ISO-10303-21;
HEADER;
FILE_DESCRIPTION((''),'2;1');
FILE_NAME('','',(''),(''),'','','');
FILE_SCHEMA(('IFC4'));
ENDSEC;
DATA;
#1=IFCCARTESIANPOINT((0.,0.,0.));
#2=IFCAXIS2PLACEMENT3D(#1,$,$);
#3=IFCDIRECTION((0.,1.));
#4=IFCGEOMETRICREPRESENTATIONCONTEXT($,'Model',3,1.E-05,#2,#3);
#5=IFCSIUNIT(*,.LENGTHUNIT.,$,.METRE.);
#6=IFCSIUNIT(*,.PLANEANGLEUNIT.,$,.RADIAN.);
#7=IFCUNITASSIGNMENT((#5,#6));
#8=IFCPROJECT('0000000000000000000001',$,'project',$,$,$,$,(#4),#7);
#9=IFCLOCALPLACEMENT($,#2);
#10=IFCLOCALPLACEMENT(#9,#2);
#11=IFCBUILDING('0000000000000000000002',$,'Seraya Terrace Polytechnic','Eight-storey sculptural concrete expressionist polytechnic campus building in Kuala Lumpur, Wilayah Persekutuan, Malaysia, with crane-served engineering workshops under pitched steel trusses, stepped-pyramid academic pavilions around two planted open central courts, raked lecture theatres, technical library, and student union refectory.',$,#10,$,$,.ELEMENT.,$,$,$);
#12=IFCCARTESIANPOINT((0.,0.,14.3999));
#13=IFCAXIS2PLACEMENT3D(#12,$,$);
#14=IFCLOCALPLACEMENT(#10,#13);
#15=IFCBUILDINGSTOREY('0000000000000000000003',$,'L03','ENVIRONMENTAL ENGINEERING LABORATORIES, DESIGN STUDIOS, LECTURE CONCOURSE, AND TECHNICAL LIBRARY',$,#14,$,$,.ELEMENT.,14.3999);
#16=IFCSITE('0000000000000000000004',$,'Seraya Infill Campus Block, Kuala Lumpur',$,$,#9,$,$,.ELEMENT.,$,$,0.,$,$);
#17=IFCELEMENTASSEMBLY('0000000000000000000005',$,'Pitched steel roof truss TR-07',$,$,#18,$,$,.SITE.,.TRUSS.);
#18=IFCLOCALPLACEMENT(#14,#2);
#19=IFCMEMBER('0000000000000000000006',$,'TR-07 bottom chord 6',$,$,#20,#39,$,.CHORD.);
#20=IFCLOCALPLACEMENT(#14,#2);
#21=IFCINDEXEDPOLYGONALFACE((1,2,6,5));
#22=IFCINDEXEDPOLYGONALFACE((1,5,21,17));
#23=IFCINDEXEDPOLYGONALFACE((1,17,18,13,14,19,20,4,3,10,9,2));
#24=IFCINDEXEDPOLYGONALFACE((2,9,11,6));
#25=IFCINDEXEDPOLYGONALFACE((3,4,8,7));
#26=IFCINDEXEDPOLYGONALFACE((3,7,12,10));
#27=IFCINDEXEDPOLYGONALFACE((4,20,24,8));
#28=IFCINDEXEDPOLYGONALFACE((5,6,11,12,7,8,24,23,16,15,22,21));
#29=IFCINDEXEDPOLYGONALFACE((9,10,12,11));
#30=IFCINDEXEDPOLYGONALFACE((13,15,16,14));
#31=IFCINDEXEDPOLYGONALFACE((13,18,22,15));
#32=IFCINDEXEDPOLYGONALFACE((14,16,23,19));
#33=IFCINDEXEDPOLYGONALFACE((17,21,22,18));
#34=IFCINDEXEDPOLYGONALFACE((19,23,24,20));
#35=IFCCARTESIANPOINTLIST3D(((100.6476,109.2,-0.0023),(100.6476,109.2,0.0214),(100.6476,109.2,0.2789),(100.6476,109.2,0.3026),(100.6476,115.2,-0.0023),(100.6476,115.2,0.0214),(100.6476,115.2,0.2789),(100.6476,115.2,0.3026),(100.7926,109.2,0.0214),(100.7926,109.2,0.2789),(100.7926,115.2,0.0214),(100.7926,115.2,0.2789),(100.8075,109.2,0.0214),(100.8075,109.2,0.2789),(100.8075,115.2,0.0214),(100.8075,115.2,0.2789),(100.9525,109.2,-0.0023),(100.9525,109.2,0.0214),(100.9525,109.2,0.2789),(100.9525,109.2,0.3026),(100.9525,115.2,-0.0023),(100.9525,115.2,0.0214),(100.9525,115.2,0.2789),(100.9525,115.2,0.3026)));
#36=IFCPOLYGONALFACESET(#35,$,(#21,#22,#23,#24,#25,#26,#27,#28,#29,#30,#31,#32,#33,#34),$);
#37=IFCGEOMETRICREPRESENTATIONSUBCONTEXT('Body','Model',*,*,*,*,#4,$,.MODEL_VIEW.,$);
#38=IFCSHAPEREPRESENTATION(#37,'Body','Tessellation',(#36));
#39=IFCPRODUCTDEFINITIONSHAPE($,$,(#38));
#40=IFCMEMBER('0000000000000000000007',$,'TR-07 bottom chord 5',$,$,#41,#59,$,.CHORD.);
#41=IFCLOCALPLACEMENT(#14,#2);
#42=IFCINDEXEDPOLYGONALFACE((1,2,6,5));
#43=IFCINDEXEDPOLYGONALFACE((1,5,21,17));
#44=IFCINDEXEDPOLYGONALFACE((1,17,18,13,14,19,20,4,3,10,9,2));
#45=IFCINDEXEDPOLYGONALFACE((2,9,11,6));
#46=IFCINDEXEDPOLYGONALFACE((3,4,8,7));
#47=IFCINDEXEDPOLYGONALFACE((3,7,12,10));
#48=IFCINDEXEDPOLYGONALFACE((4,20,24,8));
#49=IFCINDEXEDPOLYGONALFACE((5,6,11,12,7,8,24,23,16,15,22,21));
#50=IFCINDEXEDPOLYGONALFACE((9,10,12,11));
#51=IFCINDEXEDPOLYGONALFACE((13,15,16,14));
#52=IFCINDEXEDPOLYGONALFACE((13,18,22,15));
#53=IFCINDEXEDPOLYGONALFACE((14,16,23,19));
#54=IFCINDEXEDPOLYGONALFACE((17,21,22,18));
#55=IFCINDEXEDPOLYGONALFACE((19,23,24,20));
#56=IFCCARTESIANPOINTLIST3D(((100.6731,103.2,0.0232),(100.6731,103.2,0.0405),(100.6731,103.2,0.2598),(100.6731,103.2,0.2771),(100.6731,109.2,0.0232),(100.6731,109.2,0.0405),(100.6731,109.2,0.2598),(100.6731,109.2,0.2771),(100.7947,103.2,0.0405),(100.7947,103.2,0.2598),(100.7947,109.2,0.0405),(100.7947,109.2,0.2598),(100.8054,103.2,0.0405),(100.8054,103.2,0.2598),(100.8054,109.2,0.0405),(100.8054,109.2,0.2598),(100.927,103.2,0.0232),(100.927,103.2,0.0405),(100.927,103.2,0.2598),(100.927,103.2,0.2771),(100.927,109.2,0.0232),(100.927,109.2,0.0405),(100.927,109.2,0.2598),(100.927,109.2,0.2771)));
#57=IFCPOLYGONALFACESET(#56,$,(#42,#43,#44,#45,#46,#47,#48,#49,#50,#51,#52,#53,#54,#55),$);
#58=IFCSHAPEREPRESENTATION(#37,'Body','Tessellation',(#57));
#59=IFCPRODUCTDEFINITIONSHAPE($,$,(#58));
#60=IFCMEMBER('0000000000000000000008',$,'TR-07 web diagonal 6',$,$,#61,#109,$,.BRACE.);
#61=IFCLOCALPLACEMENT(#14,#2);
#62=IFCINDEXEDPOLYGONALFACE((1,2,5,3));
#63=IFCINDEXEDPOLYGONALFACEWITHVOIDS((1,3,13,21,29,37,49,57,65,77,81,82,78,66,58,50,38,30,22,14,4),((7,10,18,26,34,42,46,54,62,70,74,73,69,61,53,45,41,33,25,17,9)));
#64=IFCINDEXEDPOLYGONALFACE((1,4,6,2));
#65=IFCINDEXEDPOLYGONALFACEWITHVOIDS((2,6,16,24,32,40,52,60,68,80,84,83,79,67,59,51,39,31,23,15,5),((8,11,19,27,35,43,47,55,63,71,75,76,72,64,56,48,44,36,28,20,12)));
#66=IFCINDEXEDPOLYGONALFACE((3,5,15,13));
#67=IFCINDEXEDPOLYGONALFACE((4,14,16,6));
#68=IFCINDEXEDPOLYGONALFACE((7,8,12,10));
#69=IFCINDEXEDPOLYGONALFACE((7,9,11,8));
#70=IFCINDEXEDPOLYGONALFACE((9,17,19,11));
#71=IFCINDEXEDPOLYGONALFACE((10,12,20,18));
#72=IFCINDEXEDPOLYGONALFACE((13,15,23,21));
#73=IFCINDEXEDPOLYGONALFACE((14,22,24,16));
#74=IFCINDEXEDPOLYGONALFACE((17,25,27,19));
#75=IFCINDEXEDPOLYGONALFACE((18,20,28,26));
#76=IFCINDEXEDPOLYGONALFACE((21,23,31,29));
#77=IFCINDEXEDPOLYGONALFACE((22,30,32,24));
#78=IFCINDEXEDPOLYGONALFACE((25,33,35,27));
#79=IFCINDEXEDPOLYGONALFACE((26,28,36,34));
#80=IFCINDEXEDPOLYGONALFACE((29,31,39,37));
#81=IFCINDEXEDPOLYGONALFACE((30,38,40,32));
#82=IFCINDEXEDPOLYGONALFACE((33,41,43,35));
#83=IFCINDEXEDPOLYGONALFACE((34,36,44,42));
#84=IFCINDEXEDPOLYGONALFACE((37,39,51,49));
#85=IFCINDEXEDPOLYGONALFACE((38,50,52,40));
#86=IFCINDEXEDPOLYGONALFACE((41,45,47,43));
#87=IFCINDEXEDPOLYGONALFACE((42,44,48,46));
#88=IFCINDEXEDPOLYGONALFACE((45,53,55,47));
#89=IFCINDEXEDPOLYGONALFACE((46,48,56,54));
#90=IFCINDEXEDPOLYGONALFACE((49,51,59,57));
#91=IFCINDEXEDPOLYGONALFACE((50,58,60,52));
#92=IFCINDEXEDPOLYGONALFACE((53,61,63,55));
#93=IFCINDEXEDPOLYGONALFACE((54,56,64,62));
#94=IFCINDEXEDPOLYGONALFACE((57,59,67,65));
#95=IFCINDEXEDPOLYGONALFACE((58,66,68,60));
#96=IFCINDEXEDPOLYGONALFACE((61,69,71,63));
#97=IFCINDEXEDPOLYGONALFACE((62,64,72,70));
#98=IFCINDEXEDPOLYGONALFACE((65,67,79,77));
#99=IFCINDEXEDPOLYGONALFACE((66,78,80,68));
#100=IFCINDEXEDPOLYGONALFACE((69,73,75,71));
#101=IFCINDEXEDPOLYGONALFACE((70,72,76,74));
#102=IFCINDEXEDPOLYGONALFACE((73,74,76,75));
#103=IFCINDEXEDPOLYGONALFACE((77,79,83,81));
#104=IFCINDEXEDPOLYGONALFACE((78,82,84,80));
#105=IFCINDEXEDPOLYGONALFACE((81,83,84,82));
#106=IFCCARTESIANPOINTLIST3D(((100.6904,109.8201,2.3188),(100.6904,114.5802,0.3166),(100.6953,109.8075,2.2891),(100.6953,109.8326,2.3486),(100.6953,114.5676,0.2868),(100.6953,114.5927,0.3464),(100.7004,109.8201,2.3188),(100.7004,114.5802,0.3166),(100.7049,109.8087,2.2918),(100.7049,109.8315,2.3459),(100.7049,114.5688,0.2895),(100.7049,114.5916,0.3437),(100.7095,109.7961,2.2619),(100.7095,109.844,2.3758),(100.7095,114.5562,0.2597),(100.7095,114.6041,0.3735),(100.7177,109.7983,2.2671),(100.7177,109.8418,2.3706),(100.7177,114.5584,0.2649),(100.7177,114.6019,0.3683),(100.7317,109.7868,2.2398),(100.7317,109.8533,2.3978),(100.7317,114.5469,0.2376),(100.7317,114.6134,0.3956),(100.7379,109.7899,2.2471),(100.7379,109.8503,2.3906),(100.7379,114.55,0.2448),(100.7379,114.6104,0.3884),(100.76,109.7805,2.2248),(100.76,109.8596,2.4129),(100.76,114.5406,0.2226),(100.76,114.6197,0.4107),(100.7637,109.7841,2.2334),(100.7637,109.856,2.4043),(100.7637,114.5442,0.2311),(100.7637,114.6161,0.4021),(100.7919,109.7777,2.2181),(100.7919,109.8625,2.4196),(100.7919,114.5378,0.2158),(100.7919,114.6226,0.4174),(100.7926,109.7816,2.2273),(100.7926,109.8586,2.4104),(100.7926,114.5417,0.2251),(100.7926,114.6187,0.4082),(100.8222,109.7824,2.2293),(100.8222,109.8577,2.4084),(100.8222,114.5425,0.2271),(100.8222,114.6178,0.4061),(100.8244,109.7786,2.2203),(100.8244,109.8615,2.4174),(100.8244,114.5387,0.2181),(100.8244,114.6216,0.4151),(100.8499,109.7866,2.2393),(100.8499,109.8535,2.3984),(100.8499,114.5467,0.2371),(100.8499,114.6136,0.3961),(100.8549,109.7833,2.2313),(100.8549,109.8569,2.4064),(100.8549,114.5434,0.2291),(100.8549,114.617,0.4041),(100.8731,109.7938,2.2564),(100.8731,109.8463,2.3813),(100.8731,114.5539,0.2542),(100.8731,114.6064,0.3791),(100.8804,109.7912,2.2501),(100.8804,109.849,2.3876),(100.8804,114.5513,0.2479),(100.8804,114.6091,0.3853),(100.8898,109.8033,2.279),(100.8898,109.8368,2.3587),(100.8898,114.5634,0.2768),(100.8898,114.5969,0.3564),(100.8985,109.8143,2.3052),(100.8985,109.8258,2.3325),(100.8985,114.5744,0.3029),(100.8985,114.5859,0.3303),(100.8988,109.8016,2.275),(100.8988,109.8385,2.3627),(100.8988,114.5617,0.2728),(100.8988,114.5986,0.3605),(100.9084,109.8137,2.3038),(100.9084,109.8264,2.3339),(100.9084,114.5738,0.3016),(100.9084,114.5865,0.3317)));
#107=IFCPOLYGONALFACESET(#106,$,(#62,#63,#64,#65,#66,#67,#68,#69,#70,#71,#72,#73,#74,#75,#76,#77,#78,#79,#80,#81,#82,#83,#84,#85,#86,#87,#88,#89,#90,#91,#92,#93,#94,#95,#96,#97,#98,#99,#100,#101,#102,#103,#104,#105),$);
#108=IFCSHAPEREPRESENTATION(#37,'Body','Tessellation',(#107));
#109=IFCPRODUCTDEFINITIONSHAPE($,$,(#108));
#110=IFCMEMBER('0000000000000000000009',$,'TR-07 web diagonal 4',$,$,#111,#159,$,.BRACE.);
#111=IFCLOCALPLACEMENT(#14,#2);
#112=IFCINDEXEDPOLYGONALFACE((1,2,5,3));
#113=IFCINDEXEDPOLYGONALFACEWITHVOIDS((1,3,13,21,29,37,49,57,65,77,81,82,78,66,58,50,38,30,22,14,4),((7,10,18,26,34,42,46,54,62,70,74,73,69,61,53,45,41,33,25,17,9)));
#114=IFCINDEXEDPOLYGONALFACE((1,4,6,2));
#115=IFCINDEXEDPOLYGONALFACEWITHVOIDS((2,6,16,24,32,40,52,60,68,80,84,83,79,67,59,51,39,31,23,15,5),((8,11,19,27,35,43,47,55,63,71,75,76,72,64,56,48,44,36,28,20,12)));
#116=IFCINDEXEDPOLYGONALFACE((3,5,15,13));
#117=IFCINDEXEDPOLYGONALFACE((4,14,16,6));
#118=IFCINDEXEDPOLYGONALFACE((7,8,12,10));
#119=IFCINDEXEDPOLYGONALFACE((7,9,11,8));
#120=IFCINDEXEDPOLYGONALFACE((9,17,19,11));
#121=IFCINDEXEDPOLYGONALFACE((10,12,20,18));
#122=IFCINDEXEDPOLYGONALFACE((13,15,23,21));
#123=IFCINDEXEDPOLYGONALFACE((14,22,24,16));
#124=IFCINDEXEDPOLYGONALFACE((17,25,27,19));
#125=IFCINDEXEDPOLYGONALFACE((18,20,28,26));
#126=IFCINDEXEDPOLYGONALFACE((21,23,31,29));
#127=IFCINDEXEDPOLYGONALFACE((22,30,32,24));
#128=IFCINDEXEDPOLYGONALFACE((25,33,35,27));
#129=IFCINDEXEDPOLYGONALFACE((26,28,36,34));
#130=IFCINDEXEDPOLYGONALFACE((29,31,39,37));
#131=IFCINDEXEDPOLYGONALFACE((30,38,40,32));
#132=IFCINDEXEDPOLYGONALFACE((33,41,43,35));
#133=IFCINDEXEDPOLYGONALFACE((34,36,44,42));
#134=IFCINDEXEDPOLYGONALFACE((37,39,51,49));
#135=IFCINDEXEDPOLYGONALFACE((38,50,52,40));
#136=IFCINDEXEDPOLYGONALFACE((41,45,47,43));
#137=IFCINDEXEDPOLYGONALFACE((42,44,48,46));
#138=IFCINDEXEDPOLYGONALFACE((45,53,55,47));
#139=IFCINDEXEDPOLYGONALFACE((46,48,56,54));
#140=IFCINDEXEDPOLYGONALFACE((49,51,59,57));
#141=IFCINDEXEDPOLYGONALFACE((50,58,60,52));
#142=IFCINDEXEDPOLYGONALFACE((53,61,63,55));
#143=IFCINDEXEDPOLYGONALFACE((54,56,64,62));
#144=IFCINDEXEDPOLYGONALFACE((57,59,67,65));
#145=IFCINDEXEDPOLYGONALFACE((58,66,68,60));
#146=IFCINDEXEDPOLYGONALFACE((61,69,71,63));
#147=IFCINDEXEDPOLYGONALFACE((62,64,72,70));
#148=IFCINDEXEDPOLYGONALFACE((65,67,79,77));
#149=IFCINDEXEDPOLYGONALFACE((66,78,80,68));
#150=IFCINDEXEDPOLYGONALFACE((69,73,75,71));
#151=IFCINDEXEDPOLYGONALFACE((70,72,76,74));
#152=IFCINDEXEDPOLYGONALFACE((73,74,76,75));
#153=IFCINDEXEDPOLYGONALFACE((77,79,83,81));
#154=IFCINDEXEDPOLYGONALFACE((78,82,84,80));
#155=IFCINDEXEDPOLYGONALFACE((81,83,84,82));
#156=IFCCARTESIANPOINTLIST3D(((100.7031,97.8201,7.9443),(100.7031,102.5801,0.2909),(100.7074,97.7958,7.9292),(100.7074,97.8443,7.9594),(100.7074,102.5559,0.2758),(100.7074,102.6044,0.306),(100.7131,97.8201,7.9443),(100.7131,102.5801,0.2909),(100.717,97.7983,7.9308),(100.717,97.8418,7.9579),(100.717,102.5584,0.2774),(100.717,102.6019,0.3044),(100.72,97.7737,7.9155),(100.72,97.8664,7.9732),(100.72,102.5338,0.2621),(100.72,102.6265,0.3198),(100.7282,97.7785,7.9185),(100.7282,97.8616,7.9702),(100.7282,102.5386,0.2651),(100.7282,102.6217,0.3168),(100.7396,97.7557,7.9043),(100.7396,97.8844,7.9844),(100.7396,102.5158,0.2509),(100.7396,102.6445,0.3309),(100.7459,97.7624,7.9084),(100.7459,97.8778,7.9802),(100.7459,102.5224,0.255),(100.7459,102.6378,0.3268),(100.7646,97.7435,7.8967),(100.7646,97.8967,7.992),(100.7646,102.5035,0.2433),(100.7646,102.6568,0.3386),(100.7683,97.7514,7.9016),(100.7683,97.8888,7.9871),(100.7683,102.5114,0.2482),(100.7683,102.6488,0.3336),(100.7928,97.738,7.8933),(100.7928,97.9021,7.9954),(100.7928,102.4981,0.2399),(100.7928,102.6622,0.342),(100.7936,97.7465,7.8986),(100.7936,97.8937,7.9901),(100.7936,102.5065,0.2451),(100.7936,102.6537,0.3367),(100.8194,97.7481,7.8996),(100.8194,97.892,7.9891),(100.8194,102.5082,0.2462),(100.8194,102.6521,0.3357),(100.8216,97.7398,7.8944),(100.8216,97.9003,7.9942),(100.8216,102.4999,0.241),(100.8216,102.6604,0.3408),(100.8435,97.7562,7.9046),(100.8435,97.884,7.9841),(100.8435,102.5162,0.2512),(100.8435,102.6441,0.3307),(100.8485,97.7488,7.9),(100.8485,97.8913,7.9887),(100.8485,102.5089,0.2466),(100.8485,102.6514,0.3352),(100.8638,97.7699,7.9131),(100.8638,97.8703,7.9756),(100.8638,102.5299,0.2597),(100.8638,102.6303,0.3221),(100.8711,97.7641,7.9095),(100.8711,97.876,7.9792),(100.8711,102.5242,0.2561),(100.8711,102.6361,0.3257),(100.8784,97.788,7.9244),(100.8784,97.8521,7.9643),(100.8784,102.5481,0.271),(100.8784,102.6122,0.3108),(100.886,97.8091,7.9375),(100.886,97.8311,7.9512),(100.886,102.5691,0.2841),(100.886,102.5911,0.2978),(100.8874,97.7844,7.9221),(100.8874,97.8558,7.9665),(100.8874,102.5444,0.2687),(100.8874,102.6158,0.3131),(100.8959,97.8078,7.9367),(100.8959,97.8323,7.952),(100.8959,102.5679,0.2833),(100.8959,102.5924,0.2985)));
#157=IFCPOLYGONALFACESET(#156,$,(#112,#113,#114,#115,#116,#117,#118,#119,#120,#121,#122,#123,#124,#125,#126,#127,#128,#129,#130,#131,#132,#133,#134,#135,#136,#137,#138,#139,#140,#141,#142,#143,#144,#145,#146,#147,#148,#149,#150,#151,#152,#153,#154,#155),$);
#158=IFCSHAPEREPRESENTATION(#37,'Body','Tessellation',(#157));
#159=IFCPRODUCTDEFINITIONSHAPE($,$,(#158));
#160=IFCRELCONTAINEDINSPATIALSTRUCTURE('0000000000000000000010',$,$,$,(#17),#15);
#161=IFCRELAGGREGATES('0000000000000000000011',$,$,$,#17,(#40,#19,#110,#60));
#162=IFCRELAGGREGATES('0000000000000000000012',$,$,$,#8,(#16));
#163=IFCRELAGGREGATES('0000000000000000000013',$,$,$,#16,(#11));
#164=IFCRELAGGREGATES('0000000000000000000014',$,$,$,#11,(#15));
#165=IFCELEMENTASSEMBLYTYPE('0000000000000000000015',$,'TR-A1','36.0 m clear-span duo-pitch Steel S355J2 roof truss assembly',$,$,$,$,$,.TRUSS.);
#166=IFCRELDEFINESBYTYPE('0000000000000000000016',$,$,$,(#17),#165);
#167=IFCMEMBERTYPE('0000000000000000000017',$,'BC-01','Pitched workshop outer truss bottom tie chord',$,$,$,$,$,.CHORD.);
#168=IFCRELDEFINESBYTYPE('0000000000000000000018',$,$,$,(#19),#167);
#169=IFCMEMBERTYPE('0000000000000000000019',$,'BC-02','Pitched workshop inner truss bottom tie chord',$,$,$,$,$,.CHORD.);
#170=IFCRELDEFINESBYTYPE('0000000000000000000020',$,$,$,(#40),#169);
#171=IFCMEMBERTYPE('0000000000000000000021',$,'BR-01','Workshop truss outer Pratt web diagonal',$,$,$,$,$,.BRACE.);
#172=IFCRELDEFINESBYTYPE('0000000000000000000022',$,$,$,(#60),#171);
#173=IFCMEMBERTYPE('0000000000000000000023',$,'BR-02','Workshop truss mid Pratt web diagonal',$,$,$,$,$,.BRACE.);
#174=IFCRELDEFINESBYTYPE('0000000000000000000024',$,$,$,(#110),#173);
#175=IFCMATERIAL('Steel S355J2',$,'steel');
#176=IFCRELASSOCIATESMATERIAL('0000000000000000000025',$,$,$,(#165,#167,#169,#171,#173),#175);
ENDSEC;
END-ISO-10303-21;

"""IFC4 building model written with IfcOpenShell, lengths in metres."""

from ifc_helpers import new_model, si_unit, direction, frame, origin, origin_2d, place, context, subcontext, project, spatial, hollow_circle, i_section, extrude, material, material_profile, profile_set, type_object, element, aggregate, save


model = new_model("IFC4")

# Units and contexts
model_context = context("Model", 3, precision=1e-05, world=origin(), true_north=direction((0.0, 1.0)))
body_context = subcontext(model_context, "Body", "Model", "MODEL_VIEW")
ifc_project = project(units=[si_unit("LENGTHUNIT", "METRE"), si_unit("PLANEANGLEUNIT", "RADIAN")], contexts=[model_context])

# Site, building, storey
site_placement = place(None, origin())
site = spatial("IfcSite", under=ifc_project, at=site_placement, Name="Seraya Infill Campus Block, Kuala Lumpur", CompositionType="ELEMENT", RefElevation=0.0)
building_placement = place(site_placement, origin())
building = spatial("IfcBuilding", under=site, at=building_placement, Name="Seraya Terrace Polytechnic", Description="Eight-storey sculptural concrete expressionist polytechnic campus building in Kuala Lumpur, Wilayah Persekutuan, Malaysia, with crane-served engineering workshops under pitched steel trusses, stepped-pyramid academic pavilions around two planted open central courts, raked lecture theatres, technical library, and student union refectory.", CompositionType="ELEMENT")
storey_placement = place(building_placement, frame((0.0, 0.0, 14.3999)))
storey = spatial("IfcBuildingStorey", under=building, at=storey_placement, Name="L03", Description="ENVIRONMENTAL ENGINEERING LABORATORIES, DESIGN STUDIOS, LECTURE CONCOURSE, AND TECHNICAL LIBRARY", CompositionType="ELEMENT", Elevation=14.3999)

# Element assembly, members
ifc_material_1 = material(Name="Steel S355J2", Category="steel")
element_assembly_type = type_object("IfcElementAssemblyType", Name="TR-A1", Description="36.0 m clear-span duo-pitch Steel S355J2 roof truss assembly", PredefinedType="TRUSS", material=ifc_material_1)
assembly_placement = place(storey_placement, origin())
assembly = element("IfcElementAssembly", 1, at=assembly_placement, inside=storey, type_object=element_assembly_type, Name="Pitched steel roof truss TR-07", AssemblyPlace="SITE", PredefinedType="TRUSS")
ifc_material_profile_1 = material_profile(ifc_material_1, i_section(OverallWidth=0.3049, OverallDepth=0.3049, WebThickness=0.0149, FlangeThickness=0.0237, at=origin_2d()), Name="UKC 305x305x14.9x23.8")
ifc_profile_set_1 = profile_set([ifc_material_profile_1], Name="Steel S355J2")
member_type_1 = type_object("IfcMemberType", Name="BC-01", Description="Pitched workshop outer truss bottom tie chord", PredefinedType="CHORD", material=ifc_profile_set_1)
member_1_placement = place(storey_placement, frame((100.8, 109.2, 0.1501), z_axis=(0.0, 1.0, 0.0), x_axis=(-1.0, 0.0, 0.0)))
member_1 = element("IfcMember", 2, at=member_1_placement, type_object=member_type_1, Name="TR-07 bottom chord 6", PredefinedType="CHORD", context=body_context, shape_type="SweptSolid", body=[
    extrude(i_section(OverallWidth=0.3049, OverallDepth=0.3049, WebThickness=0.0149, FlangeThickness=0.0237, at=origin_2d()), origin(), (0.0, 0.0, 1.0), 6.0),
])
ifc_material_profile_2 = material_profile(ifc_material_1, i_section(OverallWidth=0.2539, OverallDepth=0.2539, WebThickness=0.0107, FlangeThickness=0.0173, at=origin_2d()), Name="UKC 254x254x10.7x17.3")
ifc_profile_set_2 = profile_set([ifc_material_profile_2], Name="Steel S355J2")
member_type_2 = type_object("IfcMemberType", Name="BC-02", Description="Pitched workshop inner truss bottom tie chord", PredefinedType="CHORD", material=ifc_profile_set_2)
member_2_placement = place(storey_placement, frame((100.8, 103.2, 0.1501), z_axis=(0.0, 1.0, 0.0), x_axis=(-1.0, 0.0, 0.0)))
member_2 = element("IfcMember", 3, at=member_2_placement, type_object=member_type_2, Name="TR-07 bottom chord 5", PredefinedType="CHORD", context=body_context, shape_type="SweptSolid", body=[
    extrude(i_section(OverallWidth=0.2539, OverallDepth=0.2539, WebThickness=0.0107, FlangeThickness=0.0173, at=origin_2d()), origin(), (0.0, 0.0, 1.0), 6.0),
])
ifc_material_profile_3 = material_profile(ifc_material_1, hollow_circle(Radius=0.1096, WallThickness=0.01, at=origin_2d()), Name="CHS 219.1x10.0")
ifc_profile_set_3 = profile_set([ifc_material_profile_3], Name="Steel S355J2")
member_type_3 = type_object("IfcMemberType", Name="BR-01", Description="Workshop truss outer Pratt web diagonal", PredefinedType="BRACE", material=ifc_profile_set_3)
member_3_placement = place(storey_placement, frame((100.8, 109.8201, 2.3188), z_axis=(0.0, 0.921775, -0.387725), x_axis=(-1.0, 0.0, 0.0)))
member_3 = element("IfcMember", 4, at=member_3_placement, type_object=member_type_3, Name="TR-07 web diagonal 6", PredefinedType="BRACE", context=body_context, shape_type="SweptSolid", body=[
    extrude(hollow_circle(Radius=0.1096, WallThickness=0.01, at=origin_2d()), origin(), (0.0, 0.0, 1.0), 5.1641),
])
ifc_material_profile_4 = material_profile(ifc_material_1, hollow_circle(Radius=0.0969, WallThickness=0.01, at=origin_2d()), Name="CHS 193.7x10.0")
ifc_profile_set_4 = profile_set([ifc_material_profile_4], Name="Steel S355J2")
member_type_4 = type_object("IfcMemberType", Name="BR-02", Description="Workshop truss mid Pratt web diagonal", PredefinedType="BRACE", material=ifc_profile_set_4)
member_4_placement = place(storey_placement, frame((100.8, 97.8201, 7.9443), z_axis=(0.0, 0.528137, -0.849159), x_axis=(-1.0, 0.0, 0.0)))
member_4 = element("IfcMember", 5, at=member_4_placement, type_object=member_type_4, Name="TR-07 web diagonal 4", PredefinedType="BRACE", context=body_context, shape_type="SweptSolid", body=[
    extrude(hollow_circle(Radius=0.0969, WallThickness=0.01, at=origin_2d()), origin(), (0.0, 0.0, 1.0), 9.0129),
])

aggregate(assembly, [member_2, member_1, member_4, member_3])

save(model, "model.ifc")
